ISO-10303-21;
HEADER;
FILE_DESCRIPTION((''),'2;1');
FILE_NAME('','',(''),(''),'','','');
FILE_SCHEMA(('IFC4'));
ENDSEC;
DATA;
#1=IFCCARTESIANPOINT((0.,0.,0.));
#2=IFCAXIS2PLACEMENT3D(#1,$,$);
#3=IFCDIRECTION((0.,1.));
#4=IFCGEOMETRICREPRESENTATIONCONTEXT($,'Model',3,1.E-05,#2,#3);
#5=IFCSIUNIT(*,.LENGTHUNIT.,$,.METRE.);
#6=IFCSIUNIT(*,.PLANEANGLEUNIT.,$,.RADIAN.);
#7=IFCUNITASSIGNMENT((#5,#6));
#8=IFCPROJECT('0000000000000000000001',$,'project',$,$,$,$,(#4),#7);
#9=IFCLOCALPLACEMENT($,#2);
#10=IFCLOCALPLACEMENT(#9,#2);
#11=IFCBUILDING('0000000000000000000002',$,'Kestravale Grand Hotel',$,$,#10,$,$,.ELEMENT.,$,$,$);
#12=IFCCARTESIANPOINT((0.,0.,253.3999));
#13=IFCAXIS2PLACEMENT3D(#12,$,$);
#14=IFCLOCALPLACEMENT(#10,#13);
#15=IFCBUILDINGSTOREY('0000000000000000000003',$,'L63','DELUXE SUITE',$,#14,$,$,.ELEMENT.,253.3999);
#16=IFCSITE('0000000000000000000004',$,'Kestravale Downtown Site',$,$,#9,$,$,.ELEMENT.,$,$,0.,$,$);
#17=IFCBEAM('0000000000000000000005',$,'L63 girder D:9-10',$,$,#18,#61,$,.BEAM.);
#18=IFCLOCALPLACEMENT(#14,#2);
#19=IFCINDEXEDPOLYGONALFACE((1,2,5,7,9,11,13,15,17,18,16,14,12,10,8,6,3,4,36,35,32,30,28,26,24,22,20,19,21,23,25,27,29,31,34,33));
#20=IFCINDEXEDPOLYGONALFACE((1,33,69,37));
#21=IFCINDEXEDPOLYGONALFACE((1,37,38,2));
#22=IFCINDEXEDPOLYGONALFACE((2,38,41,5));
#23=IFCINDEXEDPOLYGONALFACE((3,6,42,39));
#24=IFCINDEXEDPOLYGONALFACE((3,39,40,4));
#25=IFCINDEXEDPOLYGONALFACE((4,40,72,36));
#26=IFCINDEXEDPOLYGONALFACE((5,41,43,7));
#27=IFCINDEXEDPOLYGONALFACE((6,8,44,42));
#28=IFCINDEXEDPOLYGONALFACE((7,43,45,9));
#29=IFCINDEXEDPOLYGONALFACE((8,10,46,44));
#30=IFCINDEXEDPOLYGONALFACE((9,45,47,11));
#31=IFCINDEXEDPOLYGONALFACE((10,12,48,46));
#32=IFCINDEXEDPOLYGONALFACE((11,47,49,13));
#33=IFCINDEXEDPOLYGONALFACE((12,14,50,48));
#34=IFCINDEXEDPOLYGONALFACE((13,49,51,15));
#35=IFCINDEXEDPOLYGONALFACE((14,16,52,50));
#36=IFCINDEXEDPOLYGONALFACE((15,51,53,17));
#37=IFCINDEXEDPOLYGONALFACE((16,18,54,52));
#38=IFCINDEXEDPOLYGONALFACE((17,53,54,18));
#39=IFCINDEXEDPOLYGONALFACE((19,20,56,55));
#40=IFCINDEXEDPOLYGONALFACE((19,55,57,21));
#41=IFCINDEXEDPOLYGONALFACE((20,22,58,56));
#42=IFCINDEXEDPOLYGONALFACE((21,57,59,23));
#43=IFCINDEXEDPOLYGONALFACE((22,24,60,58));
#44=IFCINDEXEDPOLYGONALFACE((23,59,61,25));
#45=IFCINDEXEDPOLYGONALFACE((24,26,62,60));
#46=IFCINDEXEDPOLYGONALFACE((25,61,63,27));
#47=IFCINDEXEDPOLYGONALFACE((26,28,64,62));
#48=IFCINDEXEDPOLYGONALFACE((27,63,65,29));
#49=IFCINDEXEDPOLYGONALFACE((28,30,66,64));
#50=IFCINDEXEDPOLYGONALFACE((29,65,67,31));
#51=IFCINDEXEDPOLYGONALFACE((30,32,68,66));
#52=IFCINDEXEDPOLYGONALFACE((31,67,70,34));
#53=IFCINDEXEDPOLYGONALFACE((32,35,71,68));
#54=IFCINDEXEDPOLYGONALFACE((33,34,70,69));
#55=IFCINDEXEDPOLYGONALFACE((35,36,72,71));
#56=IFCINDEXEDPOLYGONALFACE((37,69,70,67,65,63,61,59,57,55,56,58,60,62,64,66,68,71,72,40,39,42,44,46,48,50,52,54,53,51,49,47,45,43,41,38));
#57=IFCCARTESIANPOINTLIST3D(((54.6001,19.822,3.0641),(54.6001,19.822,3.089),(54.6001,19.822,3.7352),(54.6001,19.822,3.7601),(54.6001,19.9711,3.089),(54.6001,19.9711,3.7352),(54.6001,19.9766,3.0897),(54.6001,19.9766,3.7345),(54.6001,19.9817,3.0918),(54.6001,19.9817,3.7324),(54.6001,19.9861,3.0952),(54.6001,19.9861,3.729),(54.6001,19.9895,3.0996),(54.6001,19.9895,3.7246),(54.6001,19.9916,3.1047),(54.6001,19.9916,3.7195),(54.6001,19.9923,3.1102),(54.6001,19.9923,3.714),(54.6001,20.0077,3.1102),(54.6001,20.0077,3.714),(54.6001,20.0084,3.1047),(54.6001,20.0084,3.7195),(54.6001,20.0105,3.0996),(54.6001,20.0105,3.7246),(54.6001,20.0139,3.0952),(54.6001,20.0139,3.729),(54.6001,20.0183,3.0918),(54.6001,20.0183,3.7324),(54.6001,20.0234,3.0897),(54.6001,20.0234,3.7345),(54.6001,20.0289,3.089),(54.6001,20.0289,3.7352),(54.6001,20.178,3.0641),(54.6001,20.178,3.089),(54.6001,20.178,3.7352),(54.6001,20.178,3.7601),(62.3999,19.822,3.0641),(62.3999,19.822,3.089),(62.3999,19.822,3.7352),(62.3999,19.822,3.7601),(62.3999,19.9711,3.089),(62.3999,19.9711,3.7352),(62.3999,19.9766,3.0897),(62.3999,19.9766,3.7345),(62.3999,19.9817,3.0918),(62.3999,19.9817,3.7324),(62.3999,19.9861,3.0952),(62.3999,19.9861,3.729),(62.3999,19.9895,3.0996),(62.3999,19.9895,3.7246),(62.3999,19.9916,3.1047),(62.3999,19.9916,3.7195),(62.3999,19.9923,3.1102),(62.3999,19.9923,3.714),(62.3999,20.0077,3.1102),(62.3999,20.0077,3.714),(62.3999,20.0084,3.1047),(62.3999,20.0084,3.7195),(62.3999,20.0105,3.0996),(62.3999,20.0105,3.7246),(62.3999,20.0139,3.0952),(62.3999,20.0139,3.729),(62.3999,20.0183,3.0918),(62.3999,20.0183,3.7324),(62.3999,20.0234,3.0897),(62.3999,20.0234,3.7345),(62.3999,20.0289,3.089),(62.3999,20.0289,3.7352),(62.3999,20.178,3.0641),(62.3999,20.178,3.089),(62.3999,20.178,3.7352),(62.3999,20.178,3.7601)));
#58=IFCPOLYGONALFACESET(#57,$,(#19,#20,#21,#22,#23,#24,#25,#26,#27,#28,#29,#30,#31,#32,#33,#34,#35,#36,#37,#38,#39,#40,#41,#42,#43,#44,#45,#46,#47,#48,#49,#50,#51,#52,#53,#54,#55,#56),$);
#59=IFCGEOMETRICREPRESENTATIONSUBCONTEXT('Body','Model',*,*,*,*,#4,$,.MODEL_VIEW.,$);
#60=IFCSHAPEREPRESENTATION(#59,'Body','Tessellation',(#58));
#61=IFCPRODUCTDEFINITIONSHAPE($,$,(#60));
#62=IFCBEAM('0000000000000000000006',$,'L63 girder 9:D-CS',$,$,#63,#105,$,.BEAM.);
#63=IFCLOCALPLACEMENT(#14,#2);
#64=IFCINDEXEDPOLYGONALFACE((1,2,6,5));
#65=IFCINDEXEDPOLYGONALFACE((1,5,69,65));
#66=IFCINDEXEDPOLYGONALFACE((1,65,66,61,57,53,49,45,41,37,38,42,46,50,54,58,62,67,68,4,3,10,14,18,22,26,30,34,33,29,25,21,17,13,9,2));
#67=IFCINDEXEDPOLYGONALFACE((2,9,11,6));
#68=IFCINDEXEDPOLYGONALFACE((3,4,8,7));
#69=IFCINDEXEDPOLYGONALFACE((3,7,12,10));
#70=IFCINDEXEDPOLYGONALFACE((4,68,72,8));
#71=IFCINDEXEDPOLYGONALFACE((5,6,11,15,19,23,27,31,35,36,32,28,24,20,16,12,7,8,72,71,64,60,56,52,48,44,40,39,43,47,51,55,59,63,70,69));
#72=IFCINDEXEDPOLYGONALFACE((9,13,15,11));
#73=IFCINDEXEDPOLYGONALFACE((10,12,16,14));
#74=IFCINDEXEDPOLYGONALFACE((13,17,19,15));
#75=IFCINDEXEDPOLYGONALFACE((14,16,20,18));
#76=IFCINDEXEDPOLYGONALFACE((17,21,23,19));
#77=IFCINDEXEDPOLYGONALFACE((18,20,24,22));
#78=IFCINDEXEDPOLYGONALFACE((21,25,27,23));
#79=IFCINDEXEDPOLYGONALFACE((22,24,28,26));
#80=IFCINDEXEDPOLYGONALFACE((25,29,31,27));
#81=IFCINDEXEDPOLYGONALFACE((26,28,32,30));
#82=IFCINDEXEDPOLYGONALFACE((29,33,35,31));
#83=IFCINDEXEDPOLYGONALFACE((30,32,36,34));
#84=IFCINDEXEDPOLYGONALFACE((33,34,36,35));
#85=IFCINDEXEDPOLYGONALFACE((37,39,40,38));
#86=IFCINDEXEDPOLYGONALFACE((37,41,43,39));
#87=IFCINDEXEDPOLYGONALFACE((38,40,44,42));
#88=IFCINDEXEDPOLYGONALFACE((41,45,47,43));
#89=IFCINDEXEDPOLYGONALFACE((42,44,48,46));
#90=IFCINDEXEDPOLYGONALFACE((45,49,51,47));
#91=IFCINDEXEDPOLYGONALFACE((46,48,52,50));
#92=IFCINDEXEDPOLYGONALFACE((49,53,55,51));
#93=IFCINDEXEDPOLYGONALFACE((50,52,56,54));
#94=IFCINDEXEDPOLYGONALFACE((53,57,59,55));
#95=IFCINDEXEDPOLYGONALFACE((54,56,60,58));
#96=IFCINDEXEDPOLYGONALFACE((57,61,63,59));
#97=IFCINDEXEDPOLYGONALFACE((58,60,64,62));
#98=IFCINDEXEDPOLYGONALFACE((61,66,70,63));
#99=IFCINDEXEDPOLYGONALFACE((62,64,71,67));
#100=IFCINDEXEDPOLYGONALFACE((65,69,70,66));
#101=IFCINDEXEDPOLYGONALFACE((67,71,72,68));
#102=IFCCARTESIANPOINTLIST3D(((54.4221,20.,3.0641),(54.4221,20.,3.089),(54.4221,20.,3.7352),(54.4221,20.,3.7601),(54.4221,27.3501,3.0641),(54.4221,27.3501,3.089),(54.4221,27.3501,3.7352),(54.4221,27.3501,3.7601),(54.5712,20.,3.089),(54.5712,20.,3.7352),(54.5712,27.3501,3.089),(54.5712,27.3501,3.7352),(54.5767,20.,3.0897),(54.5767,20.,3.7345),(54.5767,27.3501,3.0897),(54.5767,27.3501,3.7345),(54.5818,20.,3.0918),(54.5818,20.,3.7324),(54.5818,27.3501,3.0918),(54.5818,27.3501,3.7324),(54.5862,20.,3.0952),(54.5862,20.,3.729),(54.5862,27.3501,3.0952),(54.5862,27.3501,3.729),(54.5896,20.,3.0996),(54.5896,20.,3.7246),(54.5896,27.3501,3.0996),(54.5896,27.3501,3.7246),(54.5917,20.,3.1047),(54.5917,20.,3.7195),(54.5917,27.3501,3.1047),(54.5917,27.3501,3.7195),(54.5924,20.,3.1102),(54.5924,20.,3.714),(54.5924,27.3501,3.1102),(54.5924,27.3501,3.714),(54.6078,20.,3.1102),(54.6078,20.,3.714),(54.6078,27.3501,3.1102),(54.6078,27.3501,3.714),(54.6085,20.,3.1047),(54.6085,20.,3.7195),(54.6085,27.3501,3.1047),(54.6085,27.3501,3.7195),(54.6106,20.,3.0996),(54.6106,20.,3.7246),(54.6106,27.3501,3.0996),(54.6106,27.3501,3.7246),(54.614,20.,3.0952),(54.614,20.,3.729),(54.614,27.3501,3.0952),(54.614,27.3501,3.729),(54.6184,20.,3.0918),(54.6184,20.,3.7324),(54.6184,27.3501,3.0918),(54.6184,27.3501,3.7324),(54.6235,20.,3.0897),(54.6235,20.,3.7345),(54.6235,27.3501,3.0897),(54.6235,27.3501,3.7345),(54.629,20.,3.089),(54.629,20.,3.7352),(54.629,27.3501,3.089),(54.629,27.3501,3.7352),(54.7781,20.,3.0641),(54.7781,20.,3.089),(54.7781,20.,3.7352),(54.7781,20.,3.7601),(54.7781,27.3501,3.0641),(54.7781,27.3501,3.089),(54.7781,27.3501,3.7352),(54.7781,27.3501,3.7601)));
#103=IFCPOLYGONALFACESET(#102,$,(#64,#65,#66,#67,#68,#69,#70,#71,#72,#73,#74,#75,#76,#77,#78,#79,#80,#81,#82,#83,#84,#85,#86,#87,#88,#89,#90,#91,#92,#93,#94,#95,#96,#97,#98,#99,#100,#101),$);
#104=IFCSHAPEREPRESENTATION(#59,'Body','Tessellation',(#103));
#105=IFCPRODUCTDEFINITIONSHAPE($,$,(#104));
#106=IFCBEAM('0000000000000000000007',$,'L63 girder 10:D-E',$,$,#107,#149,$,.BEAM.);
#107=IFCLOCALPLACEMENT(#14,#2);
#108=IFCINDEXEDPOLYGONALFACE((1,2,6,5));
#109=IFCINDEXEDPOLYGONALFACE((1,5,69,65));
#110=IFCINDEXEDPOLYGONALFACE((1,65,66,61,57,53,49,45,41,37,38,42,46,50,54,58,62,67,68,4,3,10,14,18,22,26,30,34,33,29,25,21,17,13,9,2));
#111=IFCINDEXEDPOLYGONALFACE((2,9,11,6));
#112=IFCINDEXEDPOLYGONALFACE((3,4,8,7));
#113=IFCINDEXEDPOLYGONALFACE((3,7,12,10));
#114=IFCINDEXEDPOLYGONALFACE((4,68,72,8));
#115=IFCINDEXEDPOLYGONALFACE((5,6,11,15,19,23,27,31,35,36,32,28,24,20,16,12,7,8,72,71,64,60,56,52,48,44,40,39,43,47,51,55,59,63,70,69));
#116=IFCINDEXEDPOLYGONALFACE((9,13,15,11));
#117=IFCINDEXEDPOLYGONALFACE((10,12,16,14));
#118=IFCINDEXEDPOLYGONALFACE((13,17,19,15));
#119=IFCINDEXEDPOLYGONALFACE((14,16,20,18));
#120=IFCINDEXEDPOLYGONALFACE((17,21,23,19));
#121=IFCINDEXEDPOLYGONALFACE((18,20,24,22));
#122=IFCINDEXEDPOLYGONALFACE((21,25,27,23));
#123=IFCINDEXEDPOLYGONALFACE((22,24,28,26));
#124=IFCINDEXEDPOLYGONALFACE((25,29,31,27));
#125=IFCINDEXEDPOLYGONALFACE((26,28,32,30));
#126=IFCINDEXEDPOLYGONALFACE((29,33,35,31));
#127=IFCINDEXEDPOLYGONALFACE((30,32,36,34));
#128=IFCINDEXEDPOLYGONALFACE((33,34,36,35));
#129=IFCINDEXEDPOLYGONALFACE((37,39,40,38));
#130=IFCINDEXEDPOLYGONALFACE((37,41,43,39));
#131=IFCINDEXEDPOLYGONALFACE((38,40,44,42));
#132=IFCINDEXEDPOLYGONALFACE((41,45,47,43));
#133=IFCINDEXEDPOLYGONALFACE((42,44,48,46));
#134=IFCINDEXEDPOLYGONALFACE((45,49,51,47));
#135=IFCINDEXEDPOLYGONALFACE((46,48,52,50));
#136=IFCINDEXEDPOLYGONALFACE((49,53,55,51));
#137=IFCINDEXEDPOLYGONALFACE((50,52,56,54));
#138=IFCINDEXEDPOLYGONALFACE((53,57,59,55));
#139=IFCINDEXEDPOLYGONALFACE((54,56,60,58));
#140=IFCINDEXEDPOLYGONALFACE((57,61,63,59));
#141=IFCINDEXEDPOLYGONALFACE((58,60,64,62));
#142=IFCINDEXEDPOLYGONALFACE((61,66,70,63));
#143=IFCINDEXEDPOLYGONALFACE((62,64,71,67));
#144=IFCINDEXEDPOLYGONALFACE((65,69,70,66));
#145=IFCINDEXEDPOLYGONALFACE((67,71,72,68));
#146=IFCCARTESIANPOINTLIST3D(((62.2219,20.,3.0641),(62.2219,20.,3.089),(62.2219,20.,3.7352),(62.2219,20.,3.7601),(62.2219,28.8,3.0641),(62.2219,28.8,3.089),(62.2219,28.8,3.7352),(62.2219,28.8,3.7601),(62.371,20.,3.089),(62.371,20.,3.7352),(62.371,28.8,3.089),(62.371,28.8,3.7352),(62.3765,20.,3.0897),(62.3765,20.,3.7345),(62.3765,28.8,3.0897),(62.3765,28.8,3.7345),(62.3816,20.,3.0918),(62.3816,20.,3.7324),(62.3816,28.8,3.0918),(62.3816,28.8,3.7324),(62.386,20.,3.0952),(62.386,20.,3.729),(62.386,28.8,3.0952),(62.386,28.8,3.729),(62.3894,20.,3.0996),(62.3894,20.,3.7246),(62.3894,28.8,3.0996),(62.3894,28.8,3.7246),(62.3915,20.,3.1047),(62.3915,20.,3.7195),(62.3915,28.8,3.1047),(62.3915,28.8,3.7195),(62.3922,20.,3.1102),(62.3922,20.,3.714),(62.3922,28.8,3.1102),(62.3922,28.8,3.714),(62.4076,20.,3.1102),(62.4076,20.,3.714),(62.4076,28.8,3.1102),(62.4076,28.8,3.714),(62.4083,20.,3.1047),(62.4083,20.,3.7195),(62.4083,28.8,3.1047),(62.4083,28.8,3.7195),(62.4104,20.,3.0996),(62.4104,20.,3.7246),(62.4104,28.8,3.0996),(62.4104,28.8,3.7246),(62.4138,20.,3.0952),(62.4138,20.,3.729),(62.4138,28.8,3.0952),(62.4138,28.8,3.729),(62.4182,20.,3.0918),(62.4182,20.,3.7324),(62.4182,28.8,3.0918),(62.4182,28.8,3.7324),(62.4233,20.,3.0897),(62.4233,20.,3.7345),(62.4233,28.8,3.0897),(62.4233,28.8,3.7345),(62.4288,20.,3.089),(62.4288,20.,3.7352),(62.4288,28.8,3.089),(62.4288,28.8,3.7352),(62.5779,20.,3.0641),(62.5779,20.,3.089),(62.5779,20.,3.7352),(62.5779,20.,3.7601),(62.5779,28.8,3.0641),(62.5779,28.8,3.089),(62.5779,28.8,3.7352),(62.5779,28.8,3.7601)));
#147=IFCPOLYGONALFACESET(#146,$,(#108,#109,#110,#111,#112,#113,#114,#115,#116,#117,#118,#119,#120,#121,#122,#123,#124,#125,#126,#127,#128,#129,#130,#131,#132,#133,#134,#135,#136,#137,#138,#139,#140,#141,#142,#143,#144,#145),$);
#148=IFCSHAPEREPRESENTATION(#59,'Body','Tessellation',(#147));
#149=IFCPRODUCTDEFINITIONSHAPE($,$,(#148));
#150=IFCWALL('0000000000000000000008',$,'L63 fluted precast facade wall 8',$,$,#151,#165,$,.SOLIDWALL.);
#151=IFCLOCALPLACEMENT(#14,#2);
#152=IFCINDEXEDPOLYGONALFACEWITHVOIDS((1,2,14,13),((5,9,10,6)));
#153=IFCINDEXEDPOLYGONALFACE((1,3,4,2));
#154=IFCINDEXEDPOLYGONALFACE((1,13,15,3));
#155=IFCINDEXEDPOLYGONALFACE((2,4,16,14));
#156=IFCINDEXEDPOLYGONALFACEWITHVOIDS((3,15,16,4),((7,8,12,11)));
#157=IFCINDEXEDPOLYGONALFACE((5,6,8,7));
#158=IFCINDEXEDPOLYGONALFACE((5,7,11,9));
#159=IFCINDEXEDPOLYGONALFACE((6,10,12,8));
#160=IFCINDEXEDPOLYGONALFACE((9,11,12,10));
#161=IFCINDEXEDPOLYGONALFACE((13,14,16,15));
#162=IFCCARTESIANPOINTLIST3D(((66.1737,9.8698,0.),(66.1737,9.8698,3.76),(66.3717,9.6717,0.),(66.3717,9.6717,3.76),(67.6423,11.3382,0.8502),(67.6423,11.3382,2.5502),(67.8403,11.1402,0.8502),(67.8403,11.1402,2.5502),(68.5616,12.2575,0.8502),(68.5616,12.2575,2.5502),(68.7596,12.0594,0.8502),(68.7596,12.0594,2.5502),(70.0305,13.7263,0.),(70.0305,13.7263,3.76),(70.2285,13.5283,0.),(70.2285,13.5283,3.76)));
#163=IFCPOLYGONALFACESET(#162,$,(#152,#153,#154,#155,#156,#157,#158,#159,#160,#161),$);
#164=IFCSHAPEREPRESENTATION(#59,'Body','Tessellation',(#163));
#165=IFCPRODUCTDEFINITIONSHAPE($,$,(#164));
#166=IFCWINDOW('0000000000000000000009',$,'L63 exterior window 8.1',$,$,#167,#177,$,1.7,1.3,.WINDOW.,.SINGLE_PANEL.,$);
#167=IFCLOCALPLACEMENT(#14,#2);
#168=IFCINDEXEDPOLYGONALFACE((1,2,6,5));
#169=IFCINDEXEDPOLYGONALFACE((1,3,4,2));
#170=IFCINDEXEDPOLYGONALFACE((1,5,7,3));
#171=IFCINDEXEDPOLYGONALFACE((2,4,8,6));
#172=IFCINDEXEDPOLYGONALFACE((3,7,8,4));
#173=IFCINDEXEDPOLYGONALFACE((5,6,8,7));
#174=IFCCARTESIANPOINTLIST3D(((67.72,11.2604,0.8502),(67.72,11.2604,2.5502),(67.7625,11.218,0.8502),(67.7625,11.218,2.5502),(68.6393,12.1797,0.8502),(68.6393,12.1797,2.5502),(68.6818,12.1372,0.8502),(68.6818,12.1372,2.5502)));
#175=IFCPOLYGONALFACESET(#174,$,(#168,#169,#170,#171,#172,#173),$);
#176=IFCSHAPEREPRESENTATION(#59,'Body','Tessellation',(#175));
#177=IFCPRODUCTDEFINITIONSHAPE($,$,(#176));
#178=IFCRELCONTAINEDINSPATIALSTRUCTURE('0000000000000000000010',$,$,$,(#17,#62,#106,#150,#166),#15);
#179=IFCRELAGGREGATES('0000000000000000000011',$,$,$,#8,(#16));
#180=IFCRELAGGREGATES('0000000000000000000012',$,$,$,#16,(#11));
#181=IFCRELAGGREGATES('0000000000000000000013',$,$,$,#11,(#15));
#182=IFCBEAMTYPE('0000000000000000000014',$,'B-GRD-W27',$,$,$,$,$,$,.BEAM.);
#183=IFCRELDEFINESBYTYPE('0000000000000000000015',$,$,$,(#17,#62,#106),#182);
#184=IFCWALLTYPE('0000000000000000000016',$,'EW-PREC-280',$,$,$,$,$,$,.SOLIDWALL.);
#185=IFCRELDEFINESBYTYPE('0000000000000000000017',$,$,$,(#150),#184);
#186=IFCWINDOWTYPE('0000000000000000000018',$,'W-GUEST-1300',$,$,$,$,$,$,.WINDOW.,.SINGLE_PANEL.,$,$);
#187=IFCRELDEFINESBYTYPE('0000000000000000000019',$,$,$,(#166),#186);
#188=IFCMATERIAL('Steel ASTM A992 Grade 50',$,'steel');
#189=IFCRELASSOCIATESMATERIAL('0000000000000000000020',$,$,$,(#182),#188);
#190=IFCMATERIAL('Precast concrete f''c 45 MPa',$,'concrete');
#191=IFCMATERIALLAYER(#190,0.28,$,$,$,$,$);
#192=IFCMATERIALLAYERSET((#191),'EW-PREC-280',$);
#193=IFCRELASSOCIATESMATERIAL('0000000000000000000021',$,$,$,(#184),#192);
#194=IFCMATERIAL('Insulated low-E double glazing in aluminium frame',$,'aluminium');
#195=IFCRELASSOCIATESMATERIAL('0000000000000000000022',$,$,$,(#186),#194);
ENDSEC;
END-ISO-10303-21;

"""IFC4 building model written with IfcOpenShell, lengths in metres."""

from ifc_helpers import new_model, si_unit, direction, frame, frame_2d, origin, origin_2d, place, context, subcontext, project, spatial, rectangle, i_section, extrude, material, layer, layer_set, material_profile, profile_set, type_object, element, fill, save


model = new_model("IFC4")

# Units and contexts
model_context = context("Model", 3, precision=1e-05, world=origin(), true_north=direction((0.0, 1.0)))
body_context = subcontext(model_context, "Body", "Model", "MODEL_VIEW")
ifc_project = project(units=[si_unit("LENGTHUNIT", "METRE"), si_unit("PLANEANGLEUNIT", "RADIAN")], contexts=[model_context])

# Site, building, storey
site_placement = place(None, origin())
site = spatial("IfcSite", under=ifc_project, at=site_placement, Name="Kestravale Downtown Site", CompositionType="ELEMENT", RefElevation=0.0)
building_placement = place(site_placement, origin())
building = spatial("IfcBuilding", under=site, at=building_placement, Name="Kestravale Grand Hotel", CompositionType="ELEMENT")
storey_placement = place(building_placement, frame((0.0, 0.0, 253.3999)))
storey = spatial("IfcBuildingStorey", under=building, at=storey_placement, Name="L63", Description="DELUXE SUITE", CompositionType="ELEMENT", Elevation=253.3999)

# Beams
ifc_material_1 = material(Name="Steel ASTM A992 Grade 50", Category="steel")
ifc_material_profile_1 = material_profile(ifc_material_1, i_section(OverallWidth=0.356, OverallDepth=0.696, WebThickness=0.0154, FlangeThickness=0.0249, FilletRadius=0.0212, at=origin_2d()))
ifc_profile_set_1 = profile_set([ifc_material_profile_1], Name="Steel ASTM A992 Grade 50")
beam_type_1 = type_object("IfcBeamType", Name="B-GRD-W27", PredefinedType="BEAM", material=ifc_profile_set_1)
beam_1_placement = place(storey_placement, frame((54.6001, 20.0, 3.4121), z_axis=(1.0, 0.0, 0.0), x_axis=(0.0, 1.0, 0.0)))
element("IfcBeam", 1, at=beam_1_placement, inside=storey, type_object=beam_type_1, Name="L63 girder D:9-10", PredefinedType="BEAM", context=body_context, shape_type="SweptSolid", body=[
    extrude(i_section(OverallWidth=0.356, OverallDepth=0.696, WebThickness=0.0154, FlangeThickness=0.0249, FilletRadius=0.0212, at=origin_2d()), origin(), (0.0, 0.0, 1.0), 7.7998),
])
beam_2_placement = place(storey_placement, frame((54.6001, 20.0, 3.4121), z_axis=(0.0, 1.0, 0.0), x_axis=(-1.0, 0.0, 0.0)))
element("IfcBeam", 2, at=beam_2_placement, inside=storey, type_object=beam_type_1, Name="L63 girder 9:D-CS", PredefinedType="BEAM", context=body_context, shape_type="SweptSolid", body=[
    extrude(i_section(OverallWidth=0.356, OverallDepth=0.696, WebThickness=0.0154, FlangeThickness=0.0249, FilletRadius=0.0212, at=origin_2d()), origin(), (0.0, 0.0, 1.0), 7.3501),
])
beam_3_placement = place(storey_placement, frame((62.3999, 20.0, 3.4121), z_axis=(0.0, 1.0, 0.0), x_axis=(-1.0, 0.0, 0.0)))
element("IfcBeam", 3, at=beam_3_placement, inside=storey, type_object=beam_type_1, Name="L63 girder 10:D-E", PredefinedType="BEAM", context=body_context, shape_type="SweptSolid", body=[
    extrude(i_section(OverallWidth=0.356, OverallDepth=0.696, WebThickness=0.0154, FlangeThickness=0.0249, FilletRadius=0.0212, at=origin_2d()), origin(), (0.0, 0.0, 1.0), 8.8),
])

# Wall, opening, window
ifc_material_2 = material(Name="Precast concrete f'c 45 MPa", Category="concrete")
ifc_layer_1 = layer(ifc_material_2, 0.28)
ifc_layer_set_1 = layer_set([ifc_layer_1], Name="EW-PREC-280")
wall_type_1 = type_object("IfcWallType", Name="EW-PREC-280", PredefinedType="SOLIDWALL", material=ifc_layer_set_1)
wall_1_placement = place(storey_placement, frame((66.2727, 9.7708, 0.0), z_axis=(0.0, 0.0, 1.0), x_axis=(0.707129, 0.707084, 0.0)))
wall_1 = element("IfcWall", 4, at=wall_1_placement, inside=storey, type_object=wall_type_1, Name="L63 fluted precast facade wall 8", PredefinedType="SOLIDWALL", context=body_context, shape_type="SweptSolid", body=[
    extrude(rectangle(XDim=5.4541, YDim=0.28, at=frame_2d((2.7271, 0.0))), origin(), (0.0, 0.0, 1.0), 3.76),
])
opening_1_placement = place(wall_1_placement, frame((2.0769, 0.0, 0.8501)))
opening_1 = element("IfcOpeningElement", 5, at=opening_1_placement, cuts=wall_1, PredefinedType="OPENING", context=body_context, shape_type="SweptSolid", body=[
    extrude(rectangle(XDim=1.3, YDim=1.7, at=frame_2d((0.6499, 0.8501))), frame((0.0, 0.1499, 0.0), z_axis=(0.0, -1.0, 0.0), x_axis=(1.0, 0.0, 0.0)), (0.0, 0.0, 1.0), 0.3),
])
ifc_material_3 = material(Name="Insulated low-E double glazing in aluminium frame", Category="aluminium")
window_type = type_object("IfcWindowType", Name="W-GUEST-1300", PartitioningType="SINGLE_PANEL", PredefinedType="WINDOW", material=ifc_material_3)
window_1_placement = place(opening_1_placement, origin())
window_1 = element("IfcWindow", 6, at=window_1_placement, inside=storey, type_object=window_type, Name="L63 exterior window 8.1", OverallHeight=1.7, OverallWidth=1.3, PartitioningType="SINGLE_PANEL", PredefinedType="WINDOW", context=body_context, shape_type="SweptSolid", body=[
    extrude(rectangle(XDim=1.3, YDim=1.7, at=frame_2d((0.6499, 0.8501))), frame((0.0, 0.03, 0.0), z_axis=(0.0, -1.0, 0.0), x_axis=(1.0, 0.0, 0.0)), (0.0, 0.0, 1.0), 0.0601),
])
fill(opening_1, window_1)

save(model, "model.ifc")
